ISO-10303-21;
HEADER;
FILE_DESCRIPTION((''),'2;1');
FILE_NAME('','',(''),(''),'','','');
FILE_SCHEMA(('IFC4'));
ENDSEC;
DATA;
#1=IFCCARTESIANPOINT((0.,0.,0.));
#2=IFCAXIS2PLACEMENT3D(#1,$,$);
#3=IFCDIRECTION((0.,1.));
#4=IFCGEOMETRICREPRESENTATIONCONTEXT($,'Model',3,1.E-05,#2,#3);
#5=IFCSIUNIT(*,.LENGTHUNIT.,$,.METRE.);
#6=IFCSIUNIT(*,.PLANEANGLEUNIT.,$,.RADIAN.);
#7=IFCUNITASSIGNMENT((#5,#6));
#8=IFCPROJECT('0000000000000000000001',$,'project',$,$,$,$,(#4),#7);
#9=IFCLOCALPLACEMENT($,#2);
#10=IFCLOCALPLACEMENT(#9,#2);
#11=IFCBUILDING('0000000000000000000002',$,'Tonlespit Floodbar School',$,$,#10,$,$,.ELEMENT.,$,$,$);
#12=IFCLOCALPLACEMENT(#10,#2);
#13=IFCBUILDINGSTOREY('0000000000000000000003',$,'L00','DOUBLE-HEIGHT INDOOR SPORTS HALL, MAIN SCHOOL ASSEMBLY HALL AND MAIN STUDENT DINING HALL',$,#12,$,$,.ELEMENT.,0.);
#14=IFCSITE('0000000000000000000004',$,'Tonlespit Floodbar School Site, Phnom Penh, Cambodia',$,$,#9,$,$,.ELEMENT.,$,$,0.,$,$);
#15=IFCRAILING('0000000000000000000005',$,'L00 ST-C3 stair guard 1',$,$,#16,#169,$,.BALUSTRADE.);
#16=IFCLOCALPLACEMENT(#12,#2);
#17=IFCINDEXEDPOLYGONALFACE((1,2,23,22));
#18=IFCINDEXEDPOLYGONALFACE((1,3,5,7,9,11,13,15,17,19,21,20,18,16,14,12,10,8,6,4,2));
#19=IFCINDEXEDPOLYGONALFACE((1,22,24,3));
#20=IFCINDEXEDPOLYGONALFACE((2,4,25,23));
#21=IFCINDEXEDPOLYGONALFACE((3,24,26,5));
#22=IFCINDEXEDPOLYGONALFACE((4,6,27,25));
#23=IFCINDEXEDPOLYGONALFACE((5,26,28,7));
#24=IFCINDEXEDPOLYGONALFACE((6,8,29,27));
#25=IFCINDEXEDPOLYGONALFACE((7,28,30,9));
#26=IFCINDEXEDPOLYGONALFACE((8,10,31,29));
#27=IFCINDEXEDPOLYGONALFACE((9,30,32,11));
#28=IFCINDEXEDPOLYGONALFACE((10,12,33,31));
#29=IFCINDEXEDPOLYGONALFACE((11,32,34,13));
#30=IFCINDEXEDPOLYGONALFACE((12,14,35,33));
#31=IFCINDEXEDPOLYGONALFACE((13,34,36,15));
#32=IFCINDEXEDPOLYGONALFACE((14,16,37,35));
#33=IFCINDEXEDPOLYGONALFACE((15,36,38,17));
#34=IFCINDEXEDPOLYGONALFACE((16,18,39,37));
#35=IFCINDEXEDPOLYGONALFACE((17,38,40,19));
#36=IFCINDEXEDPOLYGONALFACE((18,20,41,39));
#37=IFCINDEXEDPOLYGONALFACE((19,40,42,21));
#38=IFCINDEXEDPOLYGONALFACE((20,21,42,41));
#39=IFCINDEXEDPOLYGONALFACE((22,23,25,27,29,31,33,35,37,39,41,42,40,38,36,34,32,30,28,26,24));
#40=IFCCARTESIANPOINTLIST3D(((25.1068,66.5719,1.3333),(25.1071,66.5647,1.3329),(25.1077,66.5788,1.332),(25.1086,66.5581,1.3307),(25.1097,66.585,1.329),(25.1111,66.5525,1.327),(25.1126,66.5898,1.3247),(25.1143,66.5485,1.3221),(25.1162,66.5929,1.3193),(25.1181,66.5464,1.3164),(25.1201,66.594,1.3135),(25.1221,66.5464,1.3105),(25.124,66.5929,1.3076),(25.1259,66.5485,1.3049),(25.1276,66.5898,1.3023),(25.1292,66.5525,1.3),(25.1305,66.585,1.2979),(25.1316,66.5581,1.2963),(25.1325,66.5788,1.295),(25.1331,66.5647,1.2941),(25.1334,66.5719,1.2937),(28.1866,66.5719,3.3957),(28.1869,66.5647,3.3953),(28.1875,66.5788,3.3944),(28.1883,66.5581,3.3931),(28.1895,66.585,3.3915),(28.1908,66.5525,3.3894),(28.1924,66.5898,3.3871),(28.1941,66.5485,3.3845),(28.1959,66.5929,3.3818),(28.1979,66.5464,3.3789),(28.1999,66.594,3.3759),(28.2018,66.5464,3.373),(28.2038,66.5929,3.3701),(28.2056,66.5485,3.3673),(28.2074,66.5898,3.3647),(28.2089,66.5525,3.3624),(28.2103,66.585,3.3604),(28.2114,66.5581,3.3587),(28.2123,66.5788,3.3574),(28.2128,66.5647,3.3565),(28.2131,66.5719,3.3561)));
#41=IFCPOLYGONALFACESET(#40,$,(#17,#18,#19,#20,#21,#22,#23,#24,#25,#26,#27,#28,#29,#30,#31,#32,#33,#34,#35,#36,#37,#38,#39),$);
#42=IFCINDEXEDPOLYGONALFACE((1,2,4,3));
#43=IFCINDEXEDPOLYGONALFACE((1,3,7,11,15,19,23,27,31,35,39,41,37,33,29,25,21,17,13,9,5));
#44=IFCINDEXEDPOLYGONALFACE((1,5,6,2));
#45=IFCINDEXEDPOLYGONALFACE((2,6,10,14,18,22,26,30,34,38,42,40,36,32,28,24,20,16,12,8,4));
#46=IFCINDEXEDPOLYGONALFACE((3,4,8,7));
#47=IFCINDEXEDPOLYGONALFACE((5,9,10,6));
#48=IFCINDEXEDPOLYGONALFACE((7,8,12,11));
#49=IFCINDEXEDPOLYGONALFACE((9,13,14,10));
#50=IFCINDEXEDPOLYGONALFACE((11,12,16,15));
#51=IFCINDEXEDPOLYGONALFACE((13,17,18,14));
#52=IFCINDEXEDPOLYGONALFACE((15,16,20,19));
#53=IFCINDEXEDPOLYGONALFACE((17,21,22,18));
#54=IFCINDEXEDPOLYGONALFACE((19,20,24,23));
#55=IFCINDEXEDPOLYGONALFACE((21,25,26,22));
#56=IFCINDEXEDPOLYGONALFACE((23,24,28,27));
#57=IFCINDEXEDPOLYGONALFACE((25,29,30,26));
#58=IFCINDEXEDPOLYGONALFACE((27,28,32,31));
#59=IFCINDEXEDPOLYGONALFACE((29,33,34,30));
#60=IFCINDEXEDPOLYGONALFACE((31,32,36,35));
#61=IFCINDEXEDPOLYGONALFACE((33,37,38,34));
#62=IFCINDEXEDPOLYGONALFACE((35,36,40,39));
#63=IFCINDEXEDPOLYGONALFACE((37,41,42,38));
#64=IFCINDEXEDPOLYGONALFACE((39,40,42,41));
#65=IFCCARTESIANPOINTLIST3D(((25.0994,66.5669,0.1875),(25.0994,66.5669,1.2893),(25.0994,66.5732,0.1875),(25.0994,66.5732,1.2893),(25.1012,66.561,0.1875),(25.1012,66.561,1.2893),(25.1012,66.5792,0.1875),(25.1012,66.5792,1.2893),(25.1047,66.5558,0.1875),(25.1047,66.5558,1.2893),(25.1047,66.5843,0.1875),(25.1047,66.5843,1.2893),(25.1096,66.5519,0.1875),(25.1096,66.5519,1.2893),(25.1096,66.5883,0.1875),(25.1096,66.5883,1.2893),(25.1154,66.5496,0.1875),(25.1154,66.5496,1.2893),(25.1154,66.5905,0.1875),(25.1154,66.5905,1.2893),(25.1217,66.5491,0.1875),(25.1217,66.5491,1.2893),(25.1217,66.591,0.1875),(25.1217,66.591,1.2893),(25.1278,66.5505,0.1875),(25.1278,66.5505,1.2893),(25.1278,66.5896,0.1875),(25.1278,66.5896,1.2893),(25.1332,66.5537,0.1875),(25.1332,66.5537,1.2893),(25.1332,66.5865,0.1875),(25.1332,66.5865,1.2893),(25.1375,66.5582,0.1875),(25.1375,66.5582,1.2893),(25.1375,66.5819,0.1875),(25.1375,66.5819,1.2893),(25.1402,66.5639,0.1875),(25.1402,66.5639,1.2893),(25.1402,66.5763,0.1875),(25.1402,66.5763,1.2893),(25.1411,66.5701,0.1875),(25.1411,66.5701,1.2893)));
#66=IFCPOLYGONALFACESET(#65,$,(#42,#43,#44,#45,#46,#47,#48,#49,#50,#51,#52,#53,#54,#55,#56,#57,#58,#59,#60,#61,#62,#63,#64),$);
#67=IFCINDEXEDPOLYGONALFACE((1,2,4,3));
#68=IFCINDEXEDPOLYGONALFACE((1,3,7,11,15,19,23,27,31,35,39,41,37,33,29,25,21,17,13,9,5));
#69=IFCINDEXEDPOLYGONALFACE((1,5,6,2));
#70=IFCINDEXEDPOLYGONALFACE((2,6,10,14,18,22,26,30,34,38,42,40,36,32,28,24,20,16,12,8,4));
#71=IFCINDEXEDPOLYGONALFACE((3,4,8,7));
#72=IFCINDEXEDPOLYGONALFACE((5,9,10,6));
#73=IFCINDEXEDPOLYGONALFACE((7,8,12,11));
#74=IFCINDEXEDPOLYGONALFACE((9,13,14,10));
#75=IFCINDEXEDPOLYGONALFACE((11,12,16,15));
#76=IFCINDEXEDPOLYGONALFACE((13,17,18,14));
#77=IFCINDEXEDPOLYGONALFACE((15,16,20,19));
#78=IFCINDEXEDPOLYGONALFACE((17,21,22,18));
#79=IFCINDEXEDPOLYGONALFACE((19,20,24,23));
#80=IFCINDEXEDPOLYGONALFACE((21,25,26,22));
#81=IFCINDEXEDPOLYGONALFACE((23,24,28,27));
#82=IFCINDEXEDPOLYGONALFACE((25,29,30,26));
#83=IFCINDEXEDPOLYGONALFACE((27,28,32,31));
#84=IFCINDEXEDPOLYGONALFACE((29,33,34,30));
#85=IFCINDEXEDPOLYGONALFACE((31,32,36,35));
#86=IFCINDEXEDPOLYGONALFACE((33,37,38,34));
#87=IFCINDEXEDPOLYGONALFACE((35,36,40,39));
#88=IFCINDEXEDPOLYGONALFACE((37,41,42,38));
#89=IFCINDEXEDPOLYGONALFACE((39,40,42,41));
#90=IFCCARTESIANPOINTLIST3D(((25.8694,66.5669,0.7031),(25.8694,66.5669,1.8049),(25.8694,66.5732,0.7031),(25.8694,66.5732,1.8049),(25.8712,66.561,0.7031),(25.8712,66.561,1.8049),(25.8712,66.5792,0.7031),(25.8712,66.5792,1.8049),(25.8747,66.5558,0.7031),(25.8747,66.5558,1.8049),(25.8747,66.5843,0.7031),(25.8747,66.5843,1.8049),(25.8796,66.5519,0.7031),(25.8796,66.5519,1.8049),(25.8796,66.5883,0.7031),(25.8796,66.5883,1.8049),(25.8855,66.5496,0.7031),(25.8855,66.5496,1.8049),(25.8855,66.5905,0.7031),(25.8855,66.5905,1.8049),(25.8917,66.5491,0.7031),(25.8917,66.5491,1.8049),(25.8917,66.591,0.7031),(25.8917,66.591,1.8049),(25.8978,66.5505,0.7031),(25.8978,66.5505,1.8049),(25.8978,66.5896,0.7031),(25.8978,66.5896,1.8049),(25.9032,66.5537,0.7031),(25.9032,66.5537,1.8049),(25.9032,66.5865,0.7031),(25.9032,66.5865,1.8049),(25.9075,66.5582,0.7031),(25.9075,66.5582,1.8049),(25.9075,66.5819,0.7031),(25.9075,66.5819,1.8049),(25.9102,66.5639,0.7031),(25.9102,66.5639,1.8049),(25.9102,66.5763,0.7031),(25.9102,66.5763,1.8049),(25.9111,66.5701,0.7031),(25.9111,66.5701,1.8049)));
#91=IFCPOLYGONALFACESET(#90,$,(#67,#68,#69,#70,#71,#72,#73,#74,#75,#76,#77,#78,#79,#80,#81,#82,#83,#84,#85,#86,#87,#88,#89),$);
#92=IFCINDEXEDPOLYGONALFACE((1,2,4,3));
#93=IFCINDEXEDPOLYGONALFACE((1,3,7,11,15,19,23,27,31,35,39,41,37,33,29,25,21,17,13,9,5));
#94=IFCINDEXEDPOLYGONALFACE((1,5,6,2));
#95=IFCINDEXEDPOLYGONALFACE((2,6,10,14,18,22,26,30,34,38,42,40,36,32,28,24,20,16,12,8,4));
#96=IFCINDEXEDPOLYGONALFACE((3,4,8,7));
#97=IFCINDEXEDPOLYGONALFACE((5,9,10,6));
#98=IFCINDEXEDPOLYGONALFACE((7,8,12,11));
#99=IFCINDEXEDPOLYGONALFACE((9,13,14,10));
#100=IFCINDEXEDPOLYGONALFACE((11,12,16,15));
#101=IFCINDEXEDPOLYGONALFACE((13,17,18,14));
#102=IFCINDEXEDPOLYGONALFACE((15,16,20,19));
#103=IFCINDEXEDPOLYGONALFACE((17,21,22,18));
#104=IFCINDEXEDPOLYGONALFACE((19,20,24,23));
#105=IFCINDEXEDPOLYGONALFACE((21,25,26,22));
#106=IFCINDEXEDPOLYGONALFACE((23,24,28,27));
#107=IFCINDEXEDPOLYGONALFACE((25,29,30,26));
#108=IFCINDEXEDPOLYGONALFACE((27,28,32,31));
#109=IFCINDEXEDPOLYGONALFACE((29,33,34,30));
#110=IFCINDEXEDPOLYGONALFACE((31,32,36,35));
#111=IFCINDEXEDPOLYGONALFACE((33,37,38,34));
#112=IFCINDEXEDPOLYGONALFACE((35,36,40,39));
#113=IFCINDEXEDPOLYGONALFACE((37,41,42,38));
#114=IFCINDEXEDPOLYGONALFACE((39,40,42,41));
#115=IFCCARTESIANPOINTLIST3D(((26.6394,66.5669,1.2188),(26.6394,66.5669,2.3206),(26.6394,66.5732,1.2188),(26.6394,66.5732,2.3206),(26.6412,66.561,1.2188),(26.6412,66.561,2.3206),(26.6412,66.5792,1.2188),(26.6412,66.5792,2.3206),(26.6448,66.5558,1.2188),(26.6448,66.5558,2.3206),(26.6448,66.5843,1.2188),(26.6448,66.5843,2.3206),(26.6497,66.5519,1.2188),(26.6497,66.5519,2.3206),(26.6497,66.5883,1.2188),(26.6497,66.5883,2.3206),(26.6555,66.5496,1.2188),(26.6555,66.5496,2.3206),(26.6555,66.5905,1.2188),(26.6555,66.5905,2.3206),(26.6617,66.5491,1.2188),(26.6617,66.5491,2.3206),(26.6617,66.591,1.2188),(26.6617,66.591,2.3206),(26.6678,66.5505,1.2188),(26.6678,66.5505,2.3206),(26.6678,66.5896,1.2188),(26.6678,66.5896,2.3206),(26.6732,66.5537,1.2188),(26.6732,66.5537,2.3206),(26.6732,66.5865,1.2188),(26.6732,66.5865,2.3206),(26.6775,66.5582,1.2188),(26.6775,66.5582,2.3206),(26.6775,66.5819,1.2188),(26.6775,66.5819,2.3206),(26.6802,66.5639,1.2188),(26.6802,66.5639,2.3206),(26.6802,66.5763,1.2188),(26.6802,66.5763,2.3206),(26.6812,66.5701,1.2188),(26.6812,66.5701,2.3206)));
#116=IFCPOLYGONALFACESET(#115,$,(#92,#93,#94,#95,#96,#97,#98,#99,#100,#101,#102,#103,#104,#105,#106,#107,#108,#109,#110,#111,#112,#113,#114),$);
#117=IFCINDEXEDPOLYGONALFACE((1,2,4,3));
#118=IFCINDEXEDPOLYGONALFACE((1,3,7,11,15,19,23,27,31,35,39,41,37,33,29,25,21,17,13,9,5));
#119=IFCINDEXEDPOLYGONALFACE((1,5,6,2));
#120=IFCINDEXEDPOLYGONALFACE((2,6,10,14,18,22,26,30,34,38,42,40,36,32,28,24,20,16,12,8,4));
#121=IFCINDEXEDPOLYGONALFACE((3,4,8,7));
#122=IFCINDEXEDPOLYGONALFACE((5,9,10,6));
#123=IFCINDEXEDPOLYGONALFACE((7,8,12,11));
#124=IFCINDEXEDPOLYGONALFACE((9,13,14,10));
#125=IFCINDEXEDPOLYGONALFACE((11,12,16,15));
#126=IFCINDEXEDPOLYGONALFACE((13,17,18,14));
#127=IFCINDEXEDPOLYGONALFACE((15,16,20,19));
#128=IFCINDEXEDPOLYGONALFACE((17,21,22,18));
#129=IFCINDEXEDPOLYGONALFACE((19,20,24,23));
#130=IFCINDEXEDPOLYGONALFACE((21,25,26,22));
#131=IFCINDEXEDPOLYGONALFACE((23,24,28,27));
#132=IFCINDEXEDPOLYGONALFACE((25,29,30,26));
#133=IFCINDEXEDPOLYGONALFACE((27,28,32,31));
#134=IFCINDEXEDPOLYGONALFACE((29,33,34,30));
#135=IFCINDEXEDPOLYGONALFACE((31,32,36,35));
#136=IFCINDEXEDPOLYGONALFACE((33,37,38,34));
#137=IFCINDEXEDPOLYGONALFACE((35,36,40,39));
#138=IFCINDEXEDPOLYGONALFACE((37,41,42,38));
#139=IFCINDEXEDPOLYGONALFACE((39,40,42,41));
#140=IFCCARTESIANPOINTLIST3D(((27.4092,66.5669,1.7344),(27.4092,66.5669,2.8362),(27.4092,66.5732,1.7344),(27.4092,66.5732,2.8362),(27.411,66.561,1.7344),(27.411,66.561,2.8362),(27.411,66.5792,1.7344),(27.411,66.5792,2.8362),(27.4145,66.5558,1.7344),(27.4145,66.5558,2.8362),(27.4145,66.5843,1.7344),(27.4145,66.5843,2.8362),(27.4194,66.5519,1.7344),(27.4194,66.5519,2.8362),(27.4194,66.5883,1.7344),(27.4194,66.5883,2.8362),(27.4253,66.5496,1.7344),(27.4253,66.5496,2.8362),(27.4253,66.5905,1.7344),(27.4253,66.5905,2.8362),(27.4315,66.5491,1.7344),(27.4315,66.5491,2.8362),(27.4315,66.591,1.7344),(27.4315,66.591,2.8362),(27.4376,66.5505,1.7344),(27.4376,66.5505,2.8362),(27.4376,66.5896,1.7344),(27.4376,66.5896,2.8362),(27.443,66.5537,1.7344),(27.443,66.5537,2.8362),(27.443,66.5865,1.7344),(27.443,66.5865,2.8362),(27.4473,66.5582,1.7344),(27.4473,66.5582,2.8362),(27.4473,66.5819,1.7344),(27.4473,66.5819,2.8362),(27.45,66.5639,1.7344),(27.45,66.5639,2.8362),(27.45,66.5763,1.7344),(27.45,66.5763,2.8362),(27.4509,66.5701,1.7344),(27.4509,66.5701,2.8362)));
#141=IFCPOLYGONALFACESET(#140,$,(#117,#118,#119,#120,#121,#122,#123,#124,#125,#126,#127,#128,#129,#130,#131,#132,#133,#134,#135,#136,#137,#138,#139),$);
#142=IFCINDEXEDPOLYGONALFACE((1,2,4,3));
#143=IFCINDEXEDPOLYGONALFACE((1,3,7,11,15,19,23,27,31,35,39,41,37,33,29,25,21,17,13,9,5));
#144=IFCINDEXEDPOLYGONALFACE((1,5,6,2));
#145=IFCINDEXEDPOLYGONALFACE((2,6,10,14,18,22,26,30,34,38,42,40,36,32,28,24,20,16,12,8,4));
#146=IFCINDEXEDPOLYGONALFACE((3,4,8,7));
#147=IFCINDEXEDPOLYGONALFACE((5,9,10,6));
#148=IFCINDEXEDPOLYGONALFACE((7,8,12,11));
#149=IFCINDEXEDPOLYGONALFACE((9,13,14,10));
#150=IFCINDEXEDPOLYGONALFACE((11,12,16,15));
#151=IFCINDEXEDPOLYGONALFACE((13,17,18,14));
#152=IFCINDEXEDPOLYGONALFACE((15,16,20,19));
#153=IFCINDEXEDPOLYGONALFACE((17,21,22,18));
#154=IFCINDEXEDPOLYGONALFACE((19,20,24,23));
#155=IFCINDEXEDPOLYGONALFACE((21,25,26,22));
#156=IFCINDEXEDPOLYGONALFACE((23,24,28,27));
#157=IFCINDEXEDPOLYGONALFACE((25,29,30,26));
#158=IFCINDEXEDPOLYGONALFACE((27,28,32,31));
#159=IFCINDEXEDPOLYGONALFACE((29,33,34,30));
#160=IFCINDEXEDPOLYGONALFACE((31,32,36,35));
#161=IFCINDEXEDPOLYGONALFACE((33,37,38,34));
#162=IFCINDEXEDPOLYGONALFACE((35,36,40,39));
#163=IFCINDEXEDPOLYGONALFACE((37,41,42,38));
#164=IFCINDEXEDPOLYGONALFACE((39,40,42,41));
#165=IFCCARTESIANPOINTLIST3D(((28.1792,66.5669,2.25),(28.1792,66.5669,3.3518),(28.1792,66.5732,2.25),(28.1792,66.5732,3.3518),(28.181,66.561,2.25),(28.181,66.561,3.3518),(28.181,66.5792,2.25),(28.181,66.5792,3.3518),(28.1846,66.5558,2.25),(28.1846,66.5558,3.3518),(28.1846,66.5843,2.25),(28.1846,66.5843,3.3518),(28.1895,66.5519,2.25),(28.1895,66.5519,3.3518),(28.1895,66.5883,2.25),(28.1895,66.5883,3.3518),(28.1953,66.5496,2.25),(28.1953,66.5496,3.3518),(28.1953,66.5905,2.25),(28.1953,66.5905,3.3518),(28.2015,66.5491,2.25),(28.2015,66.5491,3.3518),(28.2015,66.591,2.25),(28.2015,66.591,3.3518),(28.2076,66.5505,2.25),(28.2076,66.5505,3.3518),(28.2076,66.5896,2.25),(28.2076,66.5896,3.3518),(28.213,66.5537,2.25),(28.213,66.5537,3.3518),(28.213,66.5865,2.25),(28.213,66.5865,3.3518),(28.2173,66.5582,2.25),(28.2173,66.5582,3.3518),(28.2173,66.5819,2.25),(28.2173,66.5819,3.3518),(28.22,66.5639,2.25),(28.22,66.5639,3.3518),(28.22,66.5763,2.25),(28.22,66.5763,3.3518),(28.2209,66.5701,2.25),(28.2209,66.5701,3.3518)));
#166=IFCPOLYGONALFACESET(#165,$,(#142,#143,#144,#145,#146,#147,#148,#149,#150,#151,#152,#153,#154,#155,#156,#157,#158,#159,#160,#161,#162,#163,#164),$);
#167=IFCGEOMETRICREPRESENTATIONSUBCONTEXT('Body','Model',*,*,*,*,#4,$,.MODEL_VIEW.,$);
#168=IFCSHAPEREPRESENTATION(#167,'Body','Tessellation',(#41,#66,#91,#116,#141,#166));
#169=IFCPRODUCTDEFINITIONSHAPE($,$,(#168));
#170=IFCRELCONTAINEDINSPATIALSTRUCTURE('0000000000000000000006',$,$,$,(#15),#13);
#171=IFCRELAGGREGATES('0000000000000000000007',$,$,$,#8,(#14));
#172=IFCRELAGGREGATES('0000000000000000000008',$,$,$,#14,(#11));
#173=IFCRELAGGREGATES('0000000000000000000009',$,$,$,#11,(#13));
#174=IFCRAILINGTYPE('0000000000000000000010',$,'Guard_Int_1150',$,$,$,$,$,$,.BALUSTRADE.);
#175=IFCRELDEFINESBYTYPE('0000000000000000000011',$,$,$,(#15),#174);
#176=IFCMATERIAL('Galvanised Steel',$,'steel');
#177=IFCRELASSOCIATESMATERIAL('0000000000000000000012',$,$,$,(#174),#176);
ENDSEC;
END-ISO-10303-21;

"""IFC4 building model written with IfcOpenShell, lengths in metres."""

from ifc_helpers import new_model, si_unit, direction, frame, origin, origin_2d, place, context, subcontext, project, spatial, circle, extrude, material, type_object, element, save


model = new_model("IFC4")

# Units and contexts
model_context = context("Model", 3, precision=1e-05, world=origin(), true_north=direction((0.0, 1.0)))
body_context = subcontext(model_context, "Body", "Model", "MODEL_VIEW")
ifc_project = project(units=[si_unit("LENGTHUNIT", "METRE"), si_unit("PLANEANGLEUNIT", "RADIAN")], contexts=[model_context])

# Site, building, storey
site_placement = place(None, origin())
site = spatial("IfcSite", under=ifc_project, at=site_placement, Name="Tonlespit Floodbar School Site, Phnom Penh, Cambodia", CompositionType="ELEMENT", RefElevation=0.0)
building_placement = place(site_placement, origin())
building = spatial("IfcBuilding", under=site, at=building_placement, Name="Tonlespit Floodbar School", CompositionType="ELEMENT")
storey_placement = place(building_placement, origin())
storey = spatial("IfcBuildingStorey", under=building, at=storey_placement, Name="L00", Description="DOUBLE-HEIGHT INDOOR SPORTS HALL, MAIN SCHOOL ASSEMBLY HALL AND MAIN STUDENT DINING HALL", CompositionType="ELEMENT", Elevation=0.0)

# Shared definitions
ifc_material_1 = material(Name="Galvanised Steel", Category="steel")

# Railing
railing_type_1 = type_object("IfcRailingType", Name="Guard_Int_1150", PredefinedType="BALUSTRADE", material=ifc_material_1)
railing_1_placement = place(storey_placement, frame((25.1201, 66.5701, 0.1875)))
element("IfcRailing", 1, at=railing_1_placement, inside=storey, type_object=railing_type_1, Name="L00 ST-C3 stair guard 1", PredefinedType="BALUSTRADE", context=body_context, shape_type="SweptSolid", body=[
    extrude(circle(Radius=0.0239, at=origin_2d()), frame((0.0, 0.0, 1.126), z_axis=(0.830893, 0.0, 0.556432), x_axis=(0.0, 1.0, 0.0)), (0.0, 0.0, 1.0), 3.7065),
    extrude(circle(Radius=0.021, at=origin_2d()), origin(), (0.0, 0.0, 1.0), 1.1018),
    extrude(circle(Radius=0.021, at=origin_2d()), frame((0.77, 0.0, 0.5156)), (0.0, 0.0, 1.0), 1.1018),
    extrude(circle(Radius=0.021, at=origin_2d()), frame((1.54, 0.0, 1.0312)), (0.0, 0.0, 1.0), 1.1018),
    extrude(circle(Radius=0.021, at=origin_2d()), frame((2.3098, 0.0, 1.5469)), (0.0, 0.0, 1.0), 1.1018),
    extrude(circle(Radius=0.021, at=origin_2d()), frame((3.0798, 0.0, 2.0625)), (0.0, 0.0, 1.0), 1.1018),
])

save(model, "model.ifc")
